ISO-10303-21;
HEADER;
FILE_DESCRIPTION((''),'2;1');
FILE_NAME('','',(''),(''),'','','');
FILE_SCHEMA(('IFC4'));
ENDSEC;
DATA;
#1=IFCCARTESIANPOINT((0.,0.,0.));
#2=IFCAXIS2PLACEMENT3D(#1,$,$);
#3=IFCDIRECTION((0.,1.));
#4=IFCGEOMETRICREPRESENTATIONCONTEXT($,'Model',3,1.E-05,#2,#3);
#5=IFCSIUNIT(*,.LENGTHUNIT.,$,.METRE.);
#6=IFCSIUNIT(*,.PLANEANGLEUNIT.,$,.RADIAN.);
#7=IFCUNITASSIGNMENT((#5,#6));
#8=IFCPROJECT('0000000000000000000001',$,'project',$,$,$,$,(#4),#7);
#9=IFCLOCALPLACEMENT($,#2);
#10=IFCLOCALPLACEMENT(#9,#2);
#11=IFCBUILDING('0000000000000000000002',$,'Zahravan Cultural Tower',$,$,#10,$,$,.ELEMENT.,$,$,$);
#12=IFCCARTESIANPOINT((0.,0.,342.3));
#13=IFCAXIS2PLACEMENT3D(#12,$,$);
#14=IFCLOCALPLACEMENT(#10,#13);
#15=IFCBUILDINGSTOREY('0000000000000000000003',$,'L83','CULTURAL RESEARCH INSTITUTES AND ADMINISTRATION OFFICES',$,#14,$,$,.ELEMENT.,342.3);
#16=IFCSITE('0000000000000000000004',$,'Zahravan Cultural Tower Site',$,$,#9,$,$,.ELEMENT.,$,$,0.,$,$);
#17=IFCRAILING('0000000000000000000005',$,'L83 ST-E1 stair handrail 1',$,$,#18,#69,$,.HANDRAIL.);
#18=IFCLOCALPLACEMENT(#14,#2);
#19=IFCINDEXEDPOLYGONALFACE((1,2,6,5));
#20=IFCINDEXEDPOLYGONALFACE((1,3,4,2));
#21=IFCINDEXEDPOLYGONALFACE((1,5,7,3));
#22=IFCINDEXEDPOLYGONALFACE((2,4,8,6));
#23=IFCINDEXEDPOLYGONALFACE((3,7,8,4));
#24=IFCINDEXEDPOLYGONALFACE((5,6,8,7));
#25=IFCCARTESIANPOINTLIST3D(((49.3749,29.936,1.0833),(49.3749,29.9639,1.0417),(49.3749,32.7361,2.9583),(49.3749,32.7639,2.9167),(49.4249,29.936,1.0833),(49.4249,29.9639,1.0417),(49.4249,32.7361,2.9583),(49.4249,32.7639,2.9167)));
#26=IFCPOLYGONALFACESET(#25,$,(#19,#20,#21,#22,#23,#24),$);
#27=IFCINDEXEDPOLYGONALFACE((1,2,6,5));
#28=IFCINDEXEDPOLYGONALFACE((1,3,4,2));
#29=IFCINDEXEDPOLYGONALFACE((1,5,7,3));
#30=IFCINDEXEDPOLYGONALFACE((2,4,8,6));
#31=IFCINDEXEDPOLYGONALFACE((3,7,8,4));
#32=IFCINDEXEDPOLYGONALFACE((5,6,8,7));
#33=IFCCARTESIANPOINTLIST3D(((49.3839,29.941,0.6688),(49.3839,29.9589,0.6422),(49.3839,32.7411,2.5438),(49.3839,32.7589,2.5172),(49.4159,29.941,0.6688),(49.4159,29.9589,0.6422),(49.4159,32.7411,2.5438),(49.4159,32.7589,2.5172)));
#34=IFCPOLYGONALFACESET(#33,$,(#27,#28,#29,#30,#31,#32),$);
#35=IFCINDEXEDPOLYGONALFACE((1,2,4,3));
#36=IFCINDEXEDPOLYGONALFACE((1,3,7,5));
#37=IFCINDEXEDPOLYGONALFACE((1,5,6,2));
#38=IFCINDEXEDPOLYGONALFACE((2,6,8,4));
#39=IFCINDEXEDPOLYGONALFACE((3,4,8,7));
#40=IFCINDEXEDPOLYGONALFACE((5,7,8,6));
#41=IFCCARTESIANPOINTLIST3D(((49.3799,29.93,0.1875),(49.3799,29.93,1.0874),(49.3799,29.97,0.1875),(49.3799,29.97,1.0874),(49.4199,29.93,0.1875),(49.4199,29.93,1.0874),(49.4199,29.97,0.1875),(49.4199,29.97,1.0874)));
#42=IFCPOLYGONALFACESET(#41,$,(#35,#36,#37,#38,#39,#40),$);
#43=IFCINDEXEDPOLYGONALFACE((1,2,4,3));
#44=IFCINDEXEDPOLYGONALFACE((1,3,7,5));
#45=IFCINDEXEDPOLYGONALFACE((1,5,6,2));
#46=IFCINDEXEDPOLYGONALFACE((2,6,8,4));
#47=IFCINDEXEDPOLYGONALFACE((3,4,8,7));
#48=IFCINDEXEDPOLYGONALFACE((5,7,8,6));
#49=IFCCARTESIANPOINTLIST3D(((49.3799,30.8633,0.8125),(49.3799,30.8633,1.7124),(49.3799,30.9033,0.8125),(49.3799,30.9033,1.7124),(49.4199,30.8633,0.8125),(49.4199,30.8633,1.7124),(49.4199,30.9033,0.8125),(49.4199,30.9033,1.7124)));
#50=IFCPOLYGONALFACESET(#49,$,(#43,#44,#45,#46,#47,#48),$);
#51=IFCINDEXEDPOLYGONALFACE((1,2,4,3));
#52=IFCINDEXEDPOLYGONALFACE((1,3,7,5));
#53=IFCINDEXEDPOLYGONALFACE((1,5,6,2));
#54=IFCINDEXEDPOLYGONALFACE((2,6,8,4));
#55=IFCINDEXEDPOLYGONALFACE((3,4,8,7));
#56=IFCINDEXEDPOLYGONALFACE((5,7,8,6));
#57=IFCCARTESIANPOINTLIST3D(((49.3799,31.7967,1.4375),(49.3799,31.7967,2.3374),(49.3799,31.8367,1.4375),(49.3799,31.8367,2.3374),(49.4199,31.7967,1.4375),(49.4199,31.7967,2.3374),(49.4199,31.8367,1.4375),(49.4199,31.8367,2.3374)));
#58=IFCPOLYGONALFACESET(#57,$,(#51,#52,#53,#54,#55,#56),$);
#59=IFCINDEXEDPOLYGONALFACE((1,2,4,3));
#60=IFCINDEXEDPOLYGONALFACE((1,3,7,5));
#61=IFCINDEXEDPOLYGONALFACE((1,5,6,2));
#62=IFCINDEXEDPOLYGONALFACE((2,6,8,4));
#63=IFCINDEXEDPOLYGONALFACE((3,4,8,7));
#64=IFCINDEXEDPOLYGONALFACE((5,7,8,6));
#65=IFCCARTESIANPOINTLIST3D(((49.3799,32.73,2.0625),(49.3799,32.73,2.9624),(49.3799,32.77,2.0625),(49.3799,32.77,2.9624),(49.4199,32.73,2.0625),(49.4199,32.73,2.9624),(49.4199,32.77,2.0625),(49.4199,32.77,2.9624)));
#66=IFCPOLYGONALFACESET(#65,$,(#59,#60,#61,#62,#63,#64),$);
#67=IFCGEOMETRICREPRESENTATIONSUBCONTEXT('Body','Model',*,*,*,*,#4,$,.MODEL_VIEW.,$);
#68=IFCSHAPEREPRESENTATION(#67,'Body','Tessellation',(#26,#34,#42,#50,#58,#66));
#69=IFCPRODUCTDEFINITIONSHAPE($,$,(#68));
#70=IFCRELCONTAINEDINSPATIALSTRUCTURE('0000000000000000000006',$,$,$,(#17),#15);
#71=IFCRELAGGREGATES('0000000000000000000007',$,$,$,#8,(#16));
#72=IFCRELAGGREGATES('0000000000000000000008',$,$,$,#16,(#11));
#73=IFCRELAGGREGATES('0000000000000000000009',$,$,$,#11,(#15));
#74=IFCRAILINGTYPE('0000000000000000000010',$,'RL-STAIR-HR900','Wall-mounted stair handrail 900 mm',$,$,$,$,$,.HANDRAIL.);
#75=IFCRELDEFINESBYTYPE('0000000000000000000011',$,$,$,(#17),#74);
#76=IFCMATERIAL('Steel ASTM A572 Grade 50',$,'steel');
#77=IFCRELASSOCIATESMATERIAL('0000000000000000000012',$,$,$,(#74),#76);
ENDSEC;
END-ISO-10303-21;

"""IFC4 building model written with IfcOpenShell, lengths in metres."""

from ifc_helpers import new_model, si_unit, direction, frame, origin, origin_2d, place, context, subcontext, project, spatial, rectangle, extrude, material, type_object, element, save


model = new_model("IFC4")

# Units and contexts
model_context = context("Model", 3, precision=1e-05, world=origin(), true_north=direction((0.0, 1.0)))
body_context = subcontext(model_context, "Body", "Model", "MODEL_VIEW")
ifc_project = project(units=[si_unit("LENGTHUNIT", "METRE"), si_unit("PLANEANGLEUNIT", "RADIAN")], contexts=[model_context])

# Site, building, storey
site_placement = place(None, origin())
site = spatial("IfcSite", under=ifc_project, at=site_placement, Name="Zahravan Cultural Tower Site", CompositionType="ELEMENT", RefElevation=0.0)
building_placement = place(site_placement, origin())
building = spatial("IfcBuilding", under=site, at=building_placement, Name="Zahravan Cultural Tower", CompositionType="ELEMENT")
storey_placement = place(building_placement, frame((0.0, 0.0, 342.3)))
storey = spatial("IfcBuildingStorey", under=building, at=storey_placement, Name="L83", Description="CULTURAL RESEARCH INSTITUTES AND ADMINISTRATION OFFICES", CompositionType="ELEMENT", Elevation=342.3)

# Railing
ifc_material_1 = material(Name="Steel ASTM A572 Grade 50", Category="steel")
railing_type_1 = type_object("IfcRailingType", Name="RL-STAIR-HR900", Description="Wall-mounted stair handrail 900 mm", PredefinedType="HANDRAIL", material=ifc_material_1)
railing_1_placement = place(storey_placement, frame((49.3999, 29.95, 0.1875)))
element("IfcRailing", 1, at=railing_1_placement, inside=storey, type_object=railing_type_1, Name="L83 ST-E1 stair handrail 1", PredefinedType="HANDRAIL", context=body_context, shape_type="SweptSolid", body=[
    extrude(rectangle(XDim=0.05, YDim=0.05, at=origin_2d()), frame((0.0, 0.0, 0.875), z_axis=(0.0, 0.830912, 0.556404), x_axis=(-1.0, 0.0, 0.0)), (0.0, 0.0, 1.0), 3.3699),
    extrude(rectangle(XDim=0.032, YDim=0.032, at=origin_2d()), frame((0.0, 0.0, 0.468), z_axis=(0.0, 0.830912, 0.556404), x_axis=(-1.0, 0.0, 0.0)), (0.0, 0.0, 1.0), 3.3699),
    extrude(rectangle(XDim=0.04, YDim=0.04, at=origin_2d()), origin(), (0.0, 0.0, 1.0), 0.8999),
    extrude(rectangle(XDim=0.04, YDim=0.04, at=origin_2d()), frame((0.0, 0.9333, 0.625)), (0.0, 0.0, 1.0), 0.8999),
    extrude(rectangle(XDim=0.04, YDim=0.04, at=origin_2d()), frame((0.0, 1.8667, 1.25)), (0.0, 0.0, 1.0), 0.8999),
    extrude(rectangle(XDim=0.04, YDim=0.04, at=origin_2d()), frame((0.0, 2.8, 1.875)), (0.0, 0.0, 1.0), 0.8999),
])

save(model, "model.ifc")
